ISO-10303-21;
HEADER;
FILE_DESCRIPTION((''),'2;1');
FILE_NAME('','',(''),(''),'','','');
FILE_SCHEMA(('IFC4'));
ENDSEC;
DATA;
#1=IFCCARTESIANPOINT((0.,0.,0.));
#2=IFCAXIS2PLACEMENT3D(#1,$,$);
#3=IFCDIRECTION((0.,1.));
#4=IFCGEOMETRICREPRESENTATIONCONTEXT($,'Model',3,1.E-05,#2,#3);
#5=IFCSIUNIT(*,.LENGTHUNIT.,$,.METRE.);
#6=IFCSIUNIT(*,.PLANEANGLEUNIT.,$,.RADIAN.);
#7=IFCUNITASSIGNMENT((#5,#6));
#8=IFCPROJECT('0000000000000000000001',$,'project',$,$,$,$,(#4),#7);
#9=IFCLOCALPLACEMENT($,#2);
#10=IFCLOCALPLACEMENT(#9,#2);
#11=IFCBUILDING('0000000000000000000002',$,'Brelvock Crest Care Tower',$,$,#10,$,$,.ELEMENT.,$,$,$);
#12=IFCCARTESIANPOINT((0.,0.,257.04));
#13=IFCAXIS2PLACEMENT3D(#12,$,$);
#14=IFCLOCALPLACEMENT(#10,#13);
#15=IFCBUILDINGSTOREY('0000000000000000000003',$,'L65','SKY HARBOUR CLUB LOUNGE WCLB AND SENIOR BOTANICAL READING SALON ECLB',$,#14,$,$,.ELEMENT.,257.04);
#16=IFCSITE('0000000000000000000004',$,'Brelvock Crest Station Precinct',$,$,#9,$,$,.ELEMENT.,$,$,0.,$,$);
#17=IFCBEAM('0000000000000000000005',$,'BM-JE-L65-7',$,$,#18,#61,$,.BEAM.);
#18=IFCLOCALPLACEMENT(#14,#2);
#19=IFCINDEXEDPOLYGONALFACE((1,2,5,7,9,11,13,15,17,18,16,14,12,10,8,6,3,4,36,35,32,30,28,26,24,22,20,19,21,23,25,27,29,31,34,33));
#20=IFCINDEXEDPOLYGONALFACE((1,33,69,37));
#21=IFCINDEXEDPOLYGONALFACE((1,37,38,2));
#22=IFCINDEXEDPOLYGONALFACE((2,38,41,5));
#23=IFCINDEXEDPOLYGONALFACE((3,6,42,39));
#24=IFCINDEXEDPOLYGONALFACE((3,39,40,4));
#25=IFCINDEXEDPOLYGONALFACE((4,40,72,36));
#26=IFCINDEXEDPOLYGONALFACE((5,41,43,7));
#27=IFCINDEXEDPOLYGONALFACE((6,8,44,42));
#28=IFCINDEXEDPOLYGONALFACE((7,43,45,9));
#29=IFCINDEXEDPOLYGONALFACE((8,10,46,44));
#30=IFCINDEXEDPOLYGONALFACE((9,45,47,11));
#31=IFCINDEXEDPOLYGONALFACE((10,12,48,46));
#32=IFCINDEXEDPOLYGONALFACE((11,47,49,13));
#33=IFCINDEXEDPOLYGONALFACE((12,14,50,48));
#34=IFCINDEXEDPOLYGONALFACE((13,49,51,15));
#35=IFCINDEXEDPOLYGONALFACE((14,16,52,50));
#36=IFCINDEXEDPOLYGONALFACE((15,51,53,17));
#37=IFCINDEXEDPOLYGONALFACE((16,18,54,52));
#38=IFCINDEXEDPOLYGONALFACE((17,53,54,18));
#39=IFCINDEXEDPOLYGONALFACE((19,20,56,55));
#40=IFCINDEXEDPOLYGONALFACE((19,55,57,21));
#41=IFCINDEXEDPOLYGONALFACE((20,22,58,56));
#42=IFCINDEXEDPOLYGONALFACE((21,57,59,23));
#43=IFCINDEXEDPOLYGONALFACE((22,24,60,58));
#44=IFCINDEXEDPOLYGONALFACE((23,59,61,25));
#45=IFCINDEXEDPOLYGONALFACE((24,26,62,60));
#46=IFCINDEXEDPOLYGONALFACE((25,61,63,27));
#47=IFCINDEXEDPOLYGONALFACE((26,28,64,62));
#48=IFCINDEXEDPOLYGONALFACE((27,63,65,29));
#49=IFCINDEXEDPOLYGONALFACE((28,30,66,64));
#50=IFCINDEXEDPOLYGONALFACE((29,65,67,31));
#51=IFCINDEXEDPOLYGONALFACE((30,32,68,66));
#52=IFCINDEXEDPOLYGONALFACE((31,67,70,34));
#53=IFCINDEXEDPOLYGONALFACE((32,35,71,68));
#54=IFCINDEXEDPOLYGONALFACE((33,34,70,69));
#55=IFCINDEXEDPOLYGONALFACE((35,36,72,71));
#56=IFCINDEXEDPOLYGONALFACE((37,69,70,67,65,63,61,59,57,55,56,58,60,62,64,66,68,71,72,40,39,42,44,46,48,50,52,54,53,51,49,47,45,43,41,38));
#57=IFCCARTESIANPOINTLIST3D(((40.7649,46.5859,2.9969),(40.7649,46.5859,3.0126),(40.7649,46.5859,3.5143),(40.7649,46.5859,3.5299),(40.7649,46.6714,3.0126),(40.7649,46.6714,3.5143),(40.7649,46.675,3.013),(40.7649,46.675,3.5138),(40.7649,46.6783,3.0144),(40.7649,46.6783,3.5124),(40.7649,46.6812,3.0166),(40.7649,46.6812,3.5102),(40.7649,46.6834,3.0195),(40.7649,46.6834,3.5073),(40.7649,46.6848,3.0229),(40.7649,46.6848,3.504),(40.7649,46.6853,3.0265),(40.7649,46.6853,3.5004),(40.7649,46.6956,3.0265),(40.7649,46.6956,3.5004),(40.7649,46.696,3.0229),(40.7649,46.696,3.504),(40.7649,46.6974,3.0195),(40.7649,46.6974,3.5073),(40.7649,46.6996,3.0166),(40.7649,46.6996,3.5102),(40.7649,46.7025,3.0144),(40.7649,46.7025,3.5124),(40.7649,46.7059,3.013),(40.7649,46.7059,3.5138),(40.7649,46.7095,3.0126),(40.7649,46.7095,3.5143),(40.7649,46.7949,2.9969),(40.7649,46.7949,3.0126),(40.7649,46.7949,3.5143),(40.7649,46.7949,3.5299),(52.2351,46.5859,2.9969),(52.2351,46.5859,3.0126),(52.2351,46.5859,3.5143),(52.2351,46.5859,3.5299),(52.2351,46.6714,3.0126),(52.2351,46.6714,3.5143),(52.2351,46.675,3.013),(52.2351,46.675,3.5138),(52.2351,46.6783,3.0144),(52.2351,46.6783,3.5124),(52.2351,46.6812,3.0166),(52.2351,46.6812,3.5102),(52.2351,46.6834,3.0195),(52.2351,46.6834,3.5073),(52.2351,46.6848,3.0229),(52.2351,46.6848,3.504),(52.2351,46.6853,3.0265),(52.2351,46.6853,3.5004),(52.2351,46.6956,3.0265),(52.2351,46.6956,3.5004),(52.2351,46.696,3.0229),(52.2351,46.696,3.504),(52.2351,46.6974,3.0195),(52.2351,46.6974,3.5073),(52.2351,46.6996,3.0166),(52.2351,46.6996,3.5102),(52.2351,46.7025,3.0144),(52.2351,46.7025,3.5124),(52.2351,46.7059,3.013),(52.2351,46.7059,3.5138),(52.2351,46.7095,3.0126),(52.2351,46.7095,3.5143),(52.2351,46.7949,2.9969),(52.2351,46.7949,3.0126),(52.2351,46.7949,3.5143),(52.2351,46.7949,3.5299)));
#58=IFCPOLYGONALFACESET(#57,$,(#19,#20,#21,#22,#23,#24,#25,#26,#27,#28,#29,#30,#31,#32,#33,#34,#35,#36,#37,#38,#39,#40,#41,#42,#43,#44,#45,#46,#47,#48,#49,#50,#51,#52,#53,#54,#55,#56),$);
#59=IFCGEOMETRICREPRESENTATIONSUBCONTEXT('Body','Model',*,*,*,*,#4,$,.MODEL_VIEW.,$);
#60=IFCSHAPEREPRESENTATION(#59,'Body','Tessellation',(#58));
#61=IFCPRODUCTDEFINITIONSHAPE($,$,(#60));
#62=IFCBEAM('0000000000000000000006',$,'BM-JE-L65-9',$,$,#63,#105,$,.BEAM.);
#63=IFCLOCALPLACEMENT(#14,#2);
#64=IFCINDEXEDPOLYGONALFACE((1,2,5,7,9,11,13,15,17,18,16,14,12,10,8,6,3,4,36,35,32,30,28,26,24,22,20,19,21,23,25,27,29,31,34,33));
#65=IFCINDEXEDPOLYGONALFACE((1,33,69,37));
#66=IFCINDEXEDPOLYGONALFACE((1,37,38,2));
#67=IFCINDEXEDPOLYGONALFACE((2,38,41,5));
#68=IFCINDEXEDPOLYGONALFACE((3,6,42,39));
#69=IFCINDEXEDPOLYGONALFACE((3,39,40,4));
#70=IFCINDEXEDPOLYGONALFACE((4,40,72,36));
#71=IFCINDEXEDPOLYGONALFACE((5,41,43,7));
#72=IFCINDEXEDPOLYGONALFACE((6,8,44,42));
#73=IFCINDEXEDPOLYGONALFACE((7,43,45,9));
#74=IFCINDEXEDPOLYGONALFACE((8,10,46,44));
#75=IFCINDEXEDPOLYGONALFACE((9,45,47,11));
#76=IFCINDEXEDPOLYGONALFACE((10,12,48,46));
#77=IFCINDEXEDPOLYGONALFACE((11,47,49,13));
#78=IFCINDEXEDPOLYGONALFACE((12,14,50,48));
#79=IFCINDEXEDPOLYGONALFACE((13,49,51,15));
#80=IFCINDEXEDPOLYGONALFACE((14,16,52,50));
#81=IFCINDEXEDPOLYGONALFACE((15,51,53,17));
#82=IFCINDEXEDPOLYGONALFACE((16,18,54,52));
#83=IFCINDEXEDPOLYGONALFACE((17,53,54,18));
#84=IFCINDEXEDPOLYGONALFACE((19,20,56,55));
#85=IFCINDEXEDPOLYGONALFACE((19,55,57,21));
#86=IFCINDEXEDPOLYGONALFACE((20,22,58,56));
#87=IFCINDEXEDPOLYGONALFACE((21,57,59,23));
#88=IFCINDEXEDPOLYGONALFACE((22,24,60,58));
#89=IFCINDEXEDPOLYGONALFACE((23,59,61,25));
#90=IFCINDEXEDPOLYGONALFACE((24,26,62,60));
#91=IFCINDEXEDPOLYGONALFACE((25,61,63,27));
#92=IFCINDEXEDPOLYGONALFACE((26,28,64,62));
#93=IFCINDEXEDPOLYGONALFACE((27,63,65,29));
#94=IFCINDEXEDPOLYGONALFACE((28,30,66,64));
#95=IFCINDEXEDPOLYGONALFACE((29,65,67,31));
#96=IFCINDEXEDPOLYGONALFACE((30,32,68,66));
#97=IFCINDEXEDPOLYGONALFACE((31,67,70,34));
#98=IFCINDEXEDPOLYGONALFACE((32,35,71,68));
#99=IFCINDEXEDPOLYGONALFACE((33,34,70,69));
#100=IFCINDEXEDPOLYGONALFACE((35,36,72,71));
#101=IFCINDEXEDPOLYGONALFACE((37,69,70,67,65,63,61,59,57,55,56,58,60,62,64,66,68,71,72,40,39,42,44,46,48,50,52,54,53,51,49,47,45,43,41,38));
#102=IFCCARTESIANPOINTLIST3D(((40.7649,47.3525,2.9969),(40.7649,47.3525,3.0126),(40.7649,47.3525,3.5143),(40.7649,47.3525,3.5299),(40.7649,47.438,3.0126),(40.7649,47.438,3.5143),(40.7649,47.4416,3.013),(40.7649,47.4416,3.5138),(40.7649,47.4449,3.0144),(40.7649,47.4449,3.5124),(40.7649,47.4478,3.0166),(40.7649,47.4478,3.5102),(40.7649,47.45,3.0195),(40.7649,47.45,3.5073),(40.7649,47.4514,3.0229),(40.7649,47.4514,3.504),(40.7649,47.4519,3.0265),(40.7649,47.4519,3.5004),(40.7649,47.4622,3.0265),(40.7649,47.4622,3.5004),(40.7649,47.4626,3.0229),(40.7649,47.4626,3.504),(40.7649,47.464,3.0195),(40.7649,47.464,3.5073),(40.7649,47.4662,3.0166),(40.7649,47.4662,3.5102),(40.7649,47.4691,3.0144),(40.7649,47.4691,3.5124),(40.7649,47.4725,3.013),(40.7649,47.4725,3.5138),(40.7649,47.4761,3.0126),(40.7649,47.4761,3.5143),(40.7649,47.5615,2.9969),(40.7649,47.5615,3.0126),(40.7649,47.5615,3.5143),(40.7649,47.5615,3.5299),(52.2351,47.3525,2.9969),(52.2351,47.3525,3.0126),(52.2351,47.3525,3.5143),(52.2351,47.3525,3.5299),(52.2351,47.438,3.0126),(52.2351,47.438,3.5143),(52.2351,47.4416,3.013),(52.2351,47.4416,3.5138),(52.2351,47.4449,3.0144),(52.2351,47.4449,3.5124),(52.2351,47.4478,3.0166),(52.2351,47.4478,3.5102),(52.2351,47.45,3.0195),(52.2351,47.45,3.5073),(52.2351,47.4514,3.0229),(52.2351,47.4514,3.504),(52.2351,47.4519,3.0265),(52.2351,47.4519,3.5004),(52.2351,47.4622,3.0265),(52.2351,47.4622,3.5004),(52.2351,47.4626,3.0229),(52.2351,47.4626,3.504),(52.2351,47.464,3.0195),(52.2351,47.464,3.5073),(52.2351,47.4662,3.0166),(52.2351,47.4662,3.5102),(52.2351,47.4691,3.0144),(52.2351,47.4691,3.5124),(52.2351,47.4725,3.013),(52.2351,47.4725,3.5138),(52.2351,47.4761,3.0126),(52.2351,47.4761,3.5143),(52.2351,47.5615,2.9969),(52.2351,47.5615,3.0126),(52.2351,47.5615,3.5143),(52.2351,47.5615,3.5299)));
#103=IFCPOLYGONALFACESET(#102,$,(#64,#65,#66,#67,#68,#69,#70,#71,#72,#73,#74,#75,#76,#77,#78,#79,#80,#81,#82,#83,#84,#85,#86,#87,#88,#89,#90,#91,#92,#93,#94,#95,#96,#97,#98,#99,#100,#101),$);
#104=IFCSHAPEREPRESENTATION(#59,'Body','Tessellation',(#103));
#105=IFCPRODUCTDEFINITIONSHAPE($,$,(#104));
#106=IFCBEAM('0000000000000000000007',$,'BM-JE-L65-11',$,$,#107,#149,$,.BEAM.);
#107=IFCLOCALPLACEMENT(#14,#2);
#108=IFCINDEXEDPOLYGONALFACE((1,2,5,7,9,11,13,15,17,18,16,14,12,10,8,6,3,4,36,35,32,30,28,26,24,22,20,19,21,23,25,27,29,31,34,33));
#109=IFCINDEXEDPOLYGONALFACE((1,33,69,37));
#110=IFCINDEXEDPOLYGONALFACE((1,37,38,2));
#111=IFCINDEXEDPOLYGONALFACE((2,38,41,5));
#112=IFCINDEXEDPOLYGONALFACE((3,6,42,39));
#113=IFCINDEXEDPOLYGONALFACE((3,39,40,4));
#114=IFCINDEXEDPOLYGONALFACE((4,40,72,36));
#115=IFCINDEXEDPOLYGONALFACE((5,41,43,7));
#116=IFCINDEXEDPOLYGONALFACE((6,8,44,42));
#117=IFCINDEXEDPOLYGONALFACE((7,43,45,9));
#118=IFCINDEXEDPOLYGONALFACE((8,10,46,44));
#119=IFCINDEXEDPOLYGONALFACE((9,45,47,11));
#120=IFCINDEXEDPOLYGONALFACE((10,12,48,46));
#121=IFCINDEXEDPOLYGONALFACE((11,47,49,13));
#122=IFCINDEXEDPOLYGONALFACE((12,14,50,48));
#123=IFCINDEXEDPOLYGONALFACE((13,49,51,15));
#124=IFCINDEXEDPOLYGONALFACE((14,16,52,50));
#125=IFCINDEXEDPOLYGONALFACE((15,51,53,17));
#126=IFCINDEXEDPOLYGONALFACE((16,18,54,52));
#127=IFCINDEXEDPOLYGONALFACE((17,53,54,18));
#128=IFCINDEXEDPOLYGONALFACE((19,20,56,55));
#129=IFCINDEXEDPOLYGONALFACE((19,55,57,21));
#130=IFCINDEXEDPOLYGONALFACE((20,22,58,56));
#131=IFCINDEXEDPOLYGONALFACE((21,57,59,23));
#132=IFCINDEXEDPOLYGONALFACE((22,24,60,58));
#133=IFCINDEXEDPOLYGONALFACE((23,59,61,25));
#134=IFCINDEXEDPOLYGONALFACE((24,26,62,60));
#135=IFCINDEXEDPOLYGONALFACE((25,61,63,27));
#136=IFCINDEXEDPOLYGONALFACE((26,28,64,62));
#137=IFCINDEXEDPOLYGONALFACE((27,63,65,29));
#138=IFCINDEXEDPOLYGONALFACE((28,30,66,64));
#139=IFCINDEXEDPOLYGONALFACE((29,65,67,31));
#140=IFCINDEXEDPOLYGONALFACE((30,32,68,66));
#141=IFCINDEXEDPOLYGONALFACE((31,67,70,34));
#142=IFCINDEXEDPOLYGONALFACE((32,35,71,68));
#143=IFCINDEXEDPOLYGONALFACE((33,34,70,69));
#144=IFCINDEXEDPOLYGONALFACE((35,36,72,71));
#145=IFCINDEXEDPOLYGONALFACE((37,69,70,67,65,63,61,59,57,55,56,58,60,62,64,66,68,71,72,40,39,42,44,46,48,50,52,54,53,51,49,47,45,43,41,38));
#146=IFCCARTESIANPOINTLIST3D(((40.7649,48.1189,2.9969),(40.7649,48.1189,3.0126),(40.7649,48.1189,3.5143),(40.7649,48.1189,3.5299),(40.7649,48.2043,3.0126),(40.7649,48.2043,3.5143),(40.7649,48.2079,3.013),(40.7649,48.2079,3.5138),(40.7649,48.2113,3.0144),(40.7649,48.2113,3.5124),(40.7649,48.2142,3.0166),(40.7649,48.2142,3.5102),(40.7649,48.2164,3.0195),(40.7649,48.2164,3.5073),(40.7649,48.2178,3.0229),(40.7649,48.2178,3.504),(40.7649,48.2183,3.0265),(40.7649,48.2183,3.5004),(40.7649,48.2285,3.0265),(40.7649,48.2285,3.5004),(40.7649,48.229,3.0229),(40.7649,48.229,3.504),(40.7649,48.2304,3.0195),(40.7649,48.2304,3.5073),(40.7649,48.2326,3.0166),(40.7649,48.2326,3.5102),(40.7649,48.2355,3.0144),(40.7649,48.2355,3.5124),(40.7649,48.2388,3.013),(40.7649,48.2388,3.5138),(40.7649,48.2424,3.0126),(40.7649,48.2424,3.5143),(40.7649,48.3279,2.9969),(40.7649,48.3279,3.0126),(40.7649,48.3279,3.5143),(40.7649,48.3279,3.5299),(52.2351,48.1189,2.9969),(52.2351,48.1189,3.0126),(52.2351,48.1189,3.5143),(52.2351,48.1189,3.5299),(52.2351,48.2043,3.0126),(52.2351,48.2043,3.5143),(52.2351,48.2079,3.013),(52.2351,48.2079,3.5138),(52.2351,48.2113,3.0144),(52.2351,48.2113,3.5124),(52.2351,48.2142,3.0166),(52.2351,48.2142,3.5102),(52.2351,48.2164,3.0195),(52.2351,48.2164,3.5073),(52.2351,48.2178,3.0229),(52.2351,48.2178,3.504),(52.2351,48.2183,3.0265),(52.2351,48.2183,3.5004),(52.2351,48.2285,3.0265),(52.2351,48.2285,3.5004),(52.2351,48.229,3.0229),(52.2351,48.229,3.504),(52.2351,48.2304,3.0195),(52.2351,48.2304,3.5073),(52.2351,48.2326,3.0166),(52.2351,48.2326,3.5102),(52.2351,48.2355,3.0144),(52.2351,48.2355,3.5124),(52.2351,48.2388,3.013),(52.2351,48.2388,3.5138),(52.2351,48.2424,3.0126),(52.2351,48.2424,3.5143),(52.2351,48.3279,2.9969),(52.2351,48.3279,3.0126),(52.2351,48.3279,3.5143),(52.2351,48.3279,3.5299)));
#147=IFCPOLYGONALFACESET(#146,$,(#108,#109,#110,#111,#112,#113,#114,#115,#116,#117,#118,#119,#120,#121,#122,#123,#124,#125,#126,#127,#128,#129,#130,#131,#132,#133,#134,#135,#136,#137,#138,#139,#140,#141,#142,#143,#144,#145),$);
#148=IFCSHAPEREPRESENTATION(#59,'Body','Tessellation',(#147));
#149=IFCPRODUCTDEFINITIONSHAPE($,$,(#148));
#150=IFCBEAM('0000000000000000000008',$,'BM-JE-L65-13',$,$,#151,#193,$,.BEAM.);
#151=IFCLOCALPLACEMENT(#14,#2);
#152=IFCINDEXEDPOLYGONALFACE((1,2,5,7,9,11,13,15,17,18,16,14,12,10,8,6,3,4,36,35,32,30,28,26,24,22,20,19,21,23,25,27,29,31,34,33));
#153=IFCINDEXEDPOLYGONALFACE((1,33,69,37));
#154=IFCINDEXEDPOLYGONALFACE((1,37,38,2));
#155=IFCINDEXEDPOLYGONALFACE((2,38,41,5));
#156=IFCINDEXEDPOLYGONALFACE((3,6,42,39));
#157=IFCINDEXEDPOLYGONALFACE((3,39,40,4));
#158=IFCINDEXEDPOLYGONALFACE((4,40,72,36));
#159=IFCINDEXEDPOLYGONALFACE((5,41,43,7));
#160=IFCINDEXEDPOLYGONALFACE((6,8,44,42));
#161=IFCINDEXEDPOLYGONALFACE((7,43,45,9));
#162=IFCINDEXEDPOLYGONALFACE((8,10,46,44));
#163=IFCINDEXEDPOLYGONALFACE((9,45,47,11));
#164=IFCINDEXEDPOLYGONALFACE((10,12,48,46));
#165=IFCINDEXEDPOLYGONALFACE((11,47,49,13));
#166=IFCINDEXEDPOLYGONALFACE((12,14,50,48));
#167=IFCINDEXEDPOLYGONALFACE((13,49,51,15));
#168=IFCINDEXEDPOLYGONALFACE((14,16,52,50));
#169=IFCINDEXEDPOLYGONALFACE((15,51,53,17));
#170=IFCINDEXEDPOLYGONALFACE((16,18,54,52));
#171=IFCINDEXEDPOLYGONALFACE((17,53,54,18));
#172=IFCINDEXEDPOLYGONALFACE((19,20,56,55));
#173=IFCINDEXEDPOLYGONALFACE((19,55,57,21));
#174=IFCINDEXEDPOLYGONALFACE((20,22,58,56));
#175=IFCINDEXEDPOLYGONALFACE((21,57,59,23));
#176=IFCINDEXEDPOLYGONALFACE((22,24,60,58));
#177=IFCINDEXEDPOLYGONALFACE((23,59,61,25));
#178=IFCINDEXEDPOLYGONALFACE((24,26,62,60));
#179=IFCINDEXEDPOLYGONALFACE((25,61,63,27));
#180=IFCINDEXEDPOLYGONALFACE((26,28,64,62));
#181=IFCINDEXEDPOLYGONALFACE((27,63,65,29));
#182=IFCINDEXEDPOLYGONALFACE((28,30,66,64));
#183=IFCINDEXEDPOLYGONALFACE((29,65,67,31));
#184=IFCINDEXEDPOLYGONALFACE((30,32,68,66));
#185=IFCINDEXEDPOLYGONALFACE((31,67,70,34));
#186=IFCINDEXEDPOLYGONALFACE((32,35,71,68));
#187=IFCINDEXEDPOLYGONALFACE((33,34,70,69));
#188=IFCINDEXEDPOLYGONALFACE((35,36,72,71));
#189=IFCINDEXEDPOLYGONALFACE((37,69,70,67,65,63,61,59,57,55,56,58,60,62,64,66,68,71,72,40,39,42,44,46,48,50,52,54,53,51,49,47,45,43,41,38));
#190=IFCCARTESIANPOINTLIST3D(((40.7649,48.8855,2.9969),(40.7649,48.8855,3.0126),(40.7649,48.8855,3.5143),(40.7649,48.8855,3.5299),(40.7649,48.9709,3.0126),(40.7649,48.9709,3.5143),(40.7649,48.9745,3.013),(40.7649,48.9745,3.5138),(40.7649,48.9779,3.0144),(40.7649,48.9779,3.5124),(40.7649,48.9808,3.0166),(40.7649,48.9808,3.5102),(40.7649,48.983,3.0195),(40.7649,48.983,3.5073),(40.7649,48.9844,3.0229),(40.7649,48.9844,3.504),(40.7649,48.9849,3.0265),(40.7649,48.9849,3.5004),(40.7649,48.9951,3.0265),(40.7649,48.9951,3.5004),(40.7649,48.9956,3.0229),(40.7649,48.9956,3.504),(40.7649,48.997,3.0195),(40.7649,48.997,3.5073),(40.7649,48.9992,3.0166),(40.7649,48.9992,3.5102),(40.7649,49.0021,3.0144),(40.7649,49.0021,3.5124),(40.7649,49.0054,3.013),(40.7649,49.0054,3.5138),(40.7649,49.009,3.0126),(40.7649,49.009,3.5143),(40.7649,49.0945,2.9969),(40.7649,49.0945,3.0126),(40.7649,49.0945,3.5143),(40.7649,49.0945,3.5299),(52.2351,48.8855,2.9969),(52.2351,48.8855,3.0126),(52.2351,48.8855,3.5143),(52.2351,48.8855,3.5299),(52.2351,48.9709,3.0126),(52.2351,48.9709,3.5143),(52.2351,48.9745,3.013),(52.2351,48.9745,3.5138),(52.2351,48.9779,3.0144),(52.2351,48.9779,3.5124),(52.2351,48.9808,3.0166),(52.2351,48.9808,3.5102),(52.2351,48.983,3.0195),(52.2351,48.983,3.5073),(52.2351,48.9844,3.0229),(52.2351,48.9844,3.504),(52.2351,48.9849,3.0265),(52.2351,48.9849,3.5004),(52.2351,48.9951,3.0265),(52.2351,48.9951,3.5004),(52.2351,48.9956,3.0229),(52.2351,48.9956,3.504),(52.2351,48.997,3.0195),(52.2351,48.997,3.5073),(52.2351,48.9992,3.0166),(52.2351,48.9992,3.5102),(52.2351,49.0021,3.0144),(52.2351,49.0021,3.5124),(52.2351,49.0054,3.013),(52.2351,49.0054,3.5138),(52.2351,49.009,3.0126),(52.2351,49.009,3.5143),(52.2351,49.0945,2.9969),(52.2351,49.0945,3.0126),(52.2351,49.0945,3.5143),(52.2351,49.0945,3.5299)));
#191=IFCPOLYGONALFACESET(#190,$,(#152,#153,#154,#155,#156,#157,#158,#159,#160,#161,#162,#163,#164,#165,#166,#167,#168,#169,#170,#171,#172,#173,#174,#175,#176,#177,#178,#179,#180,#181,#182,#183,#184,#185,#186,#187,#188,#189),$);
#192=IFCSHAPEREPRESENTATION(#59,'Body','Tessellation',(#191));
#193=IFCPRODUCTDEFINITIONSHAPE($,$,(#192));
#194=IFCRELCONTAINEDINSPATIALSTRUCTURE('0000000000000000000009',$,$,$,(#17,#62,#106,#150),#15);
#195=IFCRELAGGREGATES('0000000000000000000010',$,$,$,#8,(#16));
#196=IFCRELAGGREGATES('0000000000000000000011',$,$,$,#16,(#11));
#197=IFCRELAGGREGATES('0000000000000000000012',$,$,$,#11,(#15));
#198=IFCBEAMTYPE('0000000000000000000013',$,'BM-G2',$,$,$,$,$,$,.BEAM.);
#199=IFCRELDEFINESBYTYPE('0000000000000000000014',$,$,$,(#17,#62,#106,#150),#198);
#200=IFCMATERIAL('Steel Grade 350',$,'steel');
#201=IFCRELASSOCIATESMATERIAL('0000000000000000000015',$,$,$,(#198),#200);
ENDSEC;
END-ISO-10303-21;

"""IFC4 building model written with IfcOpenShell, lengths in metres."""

from ifc_helpers import new_model, si_unit, direction, frame, origin, origin_2d, place, context, subcontext, project, spatial, i_section, extrude, source, transform, mapped, material, material_profile, profile_set, type_object, element, save


model = new_model("IFC4")

# Units and contexts
model_context = context("Model", 3, precision=1e-05, world=origin(), true_north=direction((0.0, 1.0)))
body_context = subcontext(model_context, "Body", "Model", "MODEL_VIEW")
ifc_project = project(units=[si_unit("LENGTHUNIT", "METRE"), si_unit("PLANEANGLEUNIT", "RADIAN")], contexts=[model_context])

# Site, building, storey
site_placement = place(None, origin())
site = spatial("IfcSite", under=ifc_project, at=site_placement, Name="Brelvock Crest Station Precinct", CompositionType="ELEMENT", RefElevation=0.0)
building_placement = place(site_placement, origin())
building = spatial("IfcBuilding", under=site, at=building_placement, Name="Brelvock Crest Care Tower", CompositionType="ELEMENT")
storey_placement = place(building_placement, frame((0.0, 0.0, 257.04)))
storey = spatial("IfcBuildingStorey", under=building, at=storey_placement, Name="L65", Description="SKY HARBOUR CLUB LOUNGE WCLB AND SENIOR BOTANICAL READING SALON ECLB", CompositionType="ELEMENT", Elevation=257.04)

# Beams
ifc_material_1 = material(Name="Steel Grade 350", Category="steel")
ifc_material_profile_1 = material_profile(ifc_material_1, i_section(OverallWidth=0.209, OverallDepth=0.533, WebThickness=0.0103, FlangeThickness=0.0156, FilletRadius=0.0139, at=origin_2d()), Name="530UB92.4")
ifc_profile_set_1 = profile_set([ifc_material_profile_1], Name="Steel Grade 350")
beam_type_1 = type_object("IfcBeamType", Name="BM-G2", PredefinedType="BEAM", material=ifc_profile_set_1)
shared_shape_1 = source(origin(), body_context, "Body", "SweptSolid", [
    extrude(i_section(OverallWidth=0.209, OverallDepth=0.533, WebThickness=0.0103, FlangeThickness=0.0156, FilletRadius=0.0139, at=origin_2d()), origin(), (0.0, 0.0, 1.0), 11.4702),
])
for number, where, z_axis, x_axis, name in (
    (1, (40.7649, 46.6904, 3.2634), (1.0, 0.0, 0.0), (0.0, 1.0, 0.0), "BM-JE-L65-7"),
    (2, (40.7649, 47.457, 3.2634), (1.0, 0.0, 0.0), (0.0, 1.0, 0.0), "BM-JE-L65-9"),
    (3, (40.7649, 48.2234, 3.2634), (1.0, 0.0, 0.0), (0.0, 1.0, 0.0), "BM-JE-L65-11"),
    (4, (40.7649, 48.99, 3.2634), (1.0, 0.0, 0.0), (0.0, 1.0, 0.0), "BM-JE-L65-13"),
):
    element("IfcBeam", number, at=place(storey_placement, frame(where, z_axis=z_axis, x_axis=x_axis)), inside=storey, type_object=beam_type_1, Name=name, PredefinedType="BEAM", context=body_context, shape_type="MappedRepresentation", body=[
        mapped(shared_shape_1, transform((0.0, 0.0, 0.0), x_axis=(1.0, 0.0, 0.0), y_axis=(0.0, 1.0, 0.0), z_axis=(0.0, 0.0, 1.0), scale=1.0)),
    ])

save(model, "model.ifc")
